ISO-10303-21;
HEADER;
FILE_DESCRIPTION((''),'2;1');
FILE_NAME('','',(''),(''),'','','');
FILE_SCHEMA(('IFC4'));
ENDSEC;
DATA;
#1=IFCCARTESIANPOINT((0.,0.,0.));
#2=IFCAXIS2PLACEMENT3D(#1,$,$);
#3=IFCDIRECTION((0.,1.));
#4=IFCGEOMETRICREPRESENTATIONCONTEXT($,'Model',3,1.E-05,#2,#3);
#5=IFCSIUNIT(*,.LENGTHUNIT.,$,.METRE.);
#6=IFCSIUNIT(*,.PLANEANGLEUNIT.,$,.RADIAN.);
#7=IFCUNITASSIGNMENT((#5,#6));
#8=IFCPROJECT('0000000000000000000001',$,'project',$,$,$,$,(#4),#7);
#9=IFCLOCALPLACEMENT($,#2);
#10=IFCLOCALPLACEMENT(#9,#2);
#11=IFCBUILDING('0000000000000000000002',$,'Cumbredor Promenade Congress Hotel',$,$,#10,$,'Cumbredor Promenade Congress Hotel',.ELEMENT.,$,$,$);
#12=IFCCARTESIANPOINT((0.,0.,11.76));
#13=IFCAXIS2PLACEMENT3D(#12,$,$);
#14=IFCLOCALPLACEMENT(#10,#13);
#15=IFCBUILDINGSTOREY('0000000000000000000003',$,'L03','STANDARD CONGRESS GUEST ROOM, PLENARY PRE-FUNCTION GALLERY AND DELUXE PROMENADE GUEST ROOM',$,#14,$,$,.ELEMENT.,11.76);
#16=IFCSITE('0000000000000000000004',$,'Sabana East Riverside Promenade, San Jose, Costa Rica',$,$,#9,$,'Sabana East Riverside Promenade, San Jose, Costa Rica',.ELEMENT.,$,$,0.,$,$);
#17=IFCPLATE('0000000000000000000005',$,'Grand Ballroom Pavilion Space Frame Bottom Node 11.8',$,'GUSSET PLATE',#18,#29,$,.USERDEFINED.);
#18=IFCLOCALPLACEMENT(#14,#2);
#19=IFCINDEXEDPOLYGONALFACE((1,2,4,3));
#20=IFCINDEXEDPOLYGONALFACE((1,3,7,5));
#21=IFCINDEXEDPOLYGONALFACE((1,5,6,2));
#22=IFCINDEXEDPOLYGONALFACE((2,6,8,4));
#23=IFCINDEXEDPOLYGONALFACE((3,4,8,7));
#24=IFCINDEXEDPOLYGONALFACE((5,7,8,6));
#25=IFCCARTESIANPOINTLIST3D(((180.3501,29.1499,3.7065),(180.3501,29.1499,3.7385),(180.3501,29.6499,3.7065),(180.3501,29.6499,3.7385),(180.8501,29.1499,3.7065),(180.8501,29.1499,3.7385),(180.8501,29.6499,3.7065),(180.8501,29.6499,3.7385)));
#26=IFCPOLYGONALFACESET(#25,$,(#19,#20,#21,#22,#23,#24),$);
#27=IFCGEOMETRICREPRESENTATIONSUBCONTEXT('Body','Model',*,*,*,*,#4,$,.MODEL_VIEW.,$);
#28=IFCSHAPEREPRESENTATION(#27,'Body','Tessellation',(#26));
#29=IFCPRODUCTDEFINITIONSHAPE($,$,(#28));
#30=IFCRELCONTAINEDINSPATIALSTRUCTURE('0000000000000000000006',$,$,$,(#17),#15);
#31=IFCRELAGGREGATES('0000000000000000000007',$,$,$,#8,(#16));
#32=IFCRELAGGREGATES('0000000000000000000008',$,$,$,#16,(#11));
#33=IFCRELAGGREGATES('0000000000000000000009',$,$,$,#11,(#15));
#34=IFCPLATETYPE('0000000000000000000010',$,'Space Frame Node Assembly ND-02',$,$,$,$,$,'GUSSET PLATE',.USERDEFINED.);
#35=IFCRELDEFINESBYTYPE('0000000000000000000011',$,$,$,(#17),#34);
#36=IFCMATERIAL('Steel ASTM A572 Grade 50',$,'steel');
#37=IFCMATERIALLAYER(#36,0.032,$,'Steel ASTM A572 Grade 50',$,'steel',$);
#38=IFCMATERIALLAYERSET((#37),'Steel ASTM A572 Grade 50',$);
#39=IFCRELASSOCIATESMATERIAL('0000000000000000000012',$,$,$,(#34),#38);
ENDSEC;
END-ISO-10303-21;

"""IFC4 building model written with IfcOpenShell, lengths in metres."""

from ifc_helpers import new_model, si_unit, direction, frame, origin, origin_2d, place, context, subcontext, project, spatial, rectangle, extrude, material, layer, layer_set, type_object, element, save


model = new_model("IFC4")

# Units and contexts
model_context = context("Model", 3, precision=1e-05, world=origin(), true_north=direction((0.0, 1.0)))
body_context = subcontext(model_context, "Body", "Model", "MODEL_VIEW")
ifc_project = project(units=[si_unit("LENGTHUNIT", "METRE"), si_unit("PLANEANGLEUNIT", "RADIAN")], contexts=[model_context])

# Site, building, storey
site_placement = place(None, origin())
site = spatial("IfcSite", under=ifc_project, at=site_placement, Name="Sabana East Riverside Promenade, San Jose, Costa Rica", LongName="Sabana East Riverside Promenade, San Jose, Costa Rica", CompositionType="ELEMENT", RefElevation=0.0)
building_placement = place(site_placement, origin())
building = spatial("IfcBuilding", under=site, at=building_placement, Name="Cumbredor Promenade Congress Hotel", LongName="Cumbredor Promenade Congress Hotel", CompositionType="ELEMENT")
storey_placement = place(building_placement, frame((0.0, 0.0, 11.76)))
storey = spatial("IfcBuildingStorey", under=building, at=storey_placement, Name="L03", Description="STANDARD CONGRESS GUEST ROOM, PLENARY PRE-FUNCTION GALLERY AND DELUXE PROMENADE GUEST ROOM", CompositionType="ELEMENT", Elevation=11.76)

# Plate
ifc_material_1 = material(Name="Steel ASTM A572 Grade 50", Category="steel")
ifc_layer = layer(ifc_material_1, 0.032, Name="Steel ASTM A572 Grade 50", Category="steel")
ifc_layer_set = layer_set([ifc_layer], Name="Steel ASTM A572 Grade 50")
plate_type = type_object("IfcPlateType", Name="Space Frame Node Assembly ND-02", ElementType="GUSSET PLATE", PredefinedType="USERDEFINED", material=ifc_layer_set)
for number, where, z_axis, x_axis, name in (
    (1, (180.6001, 29.3999, 3.7065), (0.0, 0.0, 1.0), (1.0, 0.0, 0.0), "Grand Ballroom Pavilion Space Frame Bottom Node 11.8"),
):
    element("IfcPlate", number, at=place(storey_placement, frame(where, z_axis=z_axis, x_axis=x_axis)), inside=storey, type_object=plate_type, Name=name, ObjectType="GUSSET PLATE", PredefinedType="USERDEFINED", context=body_context, shape_type="SweptSolid", body=[
        extrude(rectangle(XDim=0.5, YDim=0.5, at=origin_2d()), origin(), (0.0, 0.0, 1.0), 0.032),
    ])

save(model, "model.ifc")
